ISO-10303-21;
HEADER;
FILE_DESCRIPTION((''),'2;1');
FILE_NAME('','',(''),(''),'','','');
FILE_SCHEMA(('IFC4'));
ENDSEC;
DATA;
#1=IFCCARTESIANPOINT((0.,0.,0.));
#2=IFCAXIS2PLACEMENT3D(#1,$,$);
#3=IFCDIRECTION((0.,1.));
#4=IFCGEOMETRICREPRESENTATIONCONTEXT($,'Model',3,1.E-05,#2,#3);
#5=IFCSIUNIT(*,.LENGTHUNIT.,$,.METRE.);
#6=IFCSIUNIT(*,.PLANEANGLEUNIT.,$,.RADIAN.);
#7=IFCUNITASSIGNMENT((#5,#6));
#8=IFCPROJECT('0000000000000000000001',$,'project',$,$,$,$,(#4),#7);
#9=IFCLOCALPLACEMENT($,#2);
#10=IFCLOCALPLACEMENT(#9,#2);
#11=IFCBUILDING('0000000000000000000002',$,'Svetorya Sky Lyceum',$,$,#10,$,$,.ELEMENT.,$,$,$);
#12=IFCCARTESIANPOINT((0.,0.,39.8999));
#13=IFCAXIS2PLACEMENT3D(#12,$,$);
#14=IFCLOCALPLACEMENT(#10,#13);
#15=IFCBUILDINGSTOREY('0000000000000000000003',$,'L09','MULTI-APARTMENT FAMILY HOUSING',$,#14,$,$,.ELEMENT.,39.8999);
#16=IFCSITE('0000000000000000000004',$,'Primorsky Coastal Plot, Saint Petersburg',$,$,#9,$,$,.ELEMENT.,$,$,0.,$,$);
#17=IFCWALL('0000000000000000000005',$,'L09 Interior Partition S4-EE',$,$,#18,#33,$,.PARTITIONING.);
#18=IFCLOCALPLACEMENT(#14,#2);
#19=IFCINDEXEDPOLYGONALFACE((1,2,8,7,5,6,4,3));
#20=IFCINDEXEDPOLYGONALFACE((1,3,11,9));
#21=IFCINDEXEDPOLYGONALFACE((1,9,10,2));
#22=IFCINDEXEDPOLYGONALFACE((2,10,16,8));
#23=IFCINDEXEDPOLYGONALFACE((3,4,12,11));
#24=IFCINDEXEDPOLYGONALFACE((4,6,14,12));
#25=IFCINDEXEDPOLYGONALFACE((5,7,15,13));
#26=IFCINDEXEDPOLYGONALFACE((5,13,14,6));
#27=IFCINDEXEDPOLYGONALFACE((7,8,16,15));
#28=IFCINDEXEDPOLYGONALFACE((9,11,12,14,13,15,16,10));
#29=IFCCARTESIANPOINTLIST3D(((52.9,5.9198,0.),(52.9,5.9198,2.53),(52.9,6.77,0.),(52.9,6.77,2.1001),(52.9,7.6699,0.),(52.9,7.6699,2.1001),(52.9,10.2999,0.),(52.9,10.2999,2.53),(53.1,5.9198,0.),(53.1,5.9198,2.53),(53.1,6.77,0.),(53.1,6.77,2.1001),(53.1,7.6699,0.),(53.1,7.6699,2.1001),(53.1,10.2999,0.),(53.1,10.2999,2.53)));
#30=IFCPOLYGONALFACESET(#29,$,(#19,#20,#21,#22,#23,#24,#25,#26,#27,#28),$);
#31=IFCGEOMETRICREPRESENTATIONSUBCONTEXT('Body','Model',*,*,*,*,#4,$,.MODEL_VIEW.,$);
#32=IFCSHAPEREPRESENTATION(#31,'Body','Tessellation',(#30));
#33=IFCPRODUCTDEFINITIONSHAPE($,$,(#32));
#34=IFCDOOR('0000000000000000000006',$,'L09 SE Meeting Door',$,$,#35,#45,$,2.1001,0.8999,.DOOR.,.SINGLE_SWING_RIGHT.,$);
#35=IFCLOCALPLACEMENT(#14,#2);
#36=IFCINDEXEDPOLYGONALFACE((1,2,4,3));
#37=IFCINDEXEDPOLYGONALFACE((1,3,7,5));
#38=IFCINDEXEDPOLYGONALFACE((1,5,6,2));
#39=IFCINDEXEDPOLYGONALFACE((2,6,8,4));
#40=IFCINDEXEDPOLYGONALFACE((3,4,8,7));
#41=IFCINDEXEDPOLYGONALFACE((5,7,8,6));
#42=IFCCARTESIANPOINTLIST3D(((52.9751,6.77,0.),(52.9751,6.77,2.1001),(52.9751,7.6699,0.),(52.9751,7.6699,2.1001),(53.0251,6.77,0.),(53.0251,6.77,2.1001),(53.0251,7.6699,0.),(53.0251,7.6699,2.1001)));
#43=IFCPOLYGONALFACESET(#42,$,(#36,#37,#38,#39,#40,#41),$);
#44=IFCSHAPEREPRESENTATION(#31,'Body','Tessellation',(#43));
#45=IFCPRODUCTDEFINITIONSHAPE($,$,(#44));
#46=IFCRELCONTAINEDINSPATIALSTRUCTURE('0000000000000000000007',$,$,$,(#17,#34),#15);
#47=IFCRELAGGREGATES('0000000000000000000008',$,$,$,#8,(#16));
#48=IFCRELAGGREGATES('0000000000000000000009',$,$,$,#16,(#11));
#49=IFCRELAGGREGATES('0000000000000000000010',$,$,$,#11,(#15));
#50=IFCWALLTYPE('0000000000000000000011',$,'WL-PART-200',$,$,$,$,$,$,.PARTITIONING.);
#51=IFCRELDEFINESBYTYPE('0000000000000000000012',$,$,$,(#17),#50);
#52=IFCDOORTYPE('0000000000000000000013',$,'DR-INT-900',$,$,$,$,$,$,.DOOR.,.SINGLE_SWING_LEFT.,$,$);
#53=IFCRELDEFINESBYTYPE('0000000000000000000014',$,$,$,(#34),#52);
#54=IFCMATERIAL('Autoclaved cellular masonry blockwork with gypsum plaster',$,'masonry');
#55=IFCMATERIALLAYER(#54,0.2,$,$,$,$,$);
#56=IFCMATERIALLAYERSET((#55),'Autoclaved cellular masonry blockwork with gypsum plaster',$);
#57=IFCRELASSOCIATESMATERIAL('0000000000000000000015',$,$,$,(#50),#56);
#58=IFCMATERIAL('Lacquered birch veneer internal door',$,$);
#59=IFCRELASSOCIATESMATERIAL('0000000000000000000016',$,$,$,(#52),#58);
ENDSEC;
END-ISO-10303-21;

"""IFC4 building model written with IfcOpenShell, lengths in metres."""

from ifc_helpers import new_model, si_unit, direction, frame, frame_2d, origin, place, context, subcontext, project, spatial, rectangle, extrude, material, layer, layer_set, type_object, element, fill, save


model = new_model("IFC4")

# Units and contexts
model_context = context("Model", 3, precision=1e-05, world=origin(), true_north=direction((0.0, 1.0)))
body_context = subcontext(model_context, "Body", "Model", "MODEL_VIEW")
ifc_project = project(units=[si_unit("LENGTHUNIT", "METRE"), si_unit("PLANEANGLEUNIT", "RADIAN")], contexts=[model_context])

# Site, building, storey
site_placement = place(None, origin())
site = spatial("IfcSite", under=ifc_project, at=site_placement, Name="Primorsky Coastal Plot, Saint Petersburg", CompositionType="ELEMENT", RefElevation=0.0)
building_placement = place(site_placement, origin())
building = spatial("IfcBuilding", under=site, at=building_placement, Name="Svetorya Sky Lyceum", CompositionType="ELEMENT")
storey_placement = place(building_placement, frame((0.0, 0.0, 39.8999)))
storey = spatial("IfcBuildingStorey", under=building, at=storey_placement, Name="L09", Description="MULTI-APARTMENT FAMILY HOUSING", CompositionType="ELEMENT", Elevation=39.8999)

# Shared definitions
ifc_material_1 = material(Name="Autoclaved cellular masonry blockwork with gypsum plaster", Category="masonry")
ifc_layer_1 = layer(ifc_material_1, 0.2)
ifc_layer_set_1 = layer_set([ifc_layer_1], Name="Autoclaved cellular masonry blockwork with gypsum plaster")
wall_type_1 = type_object("IfcWallType", Name="WL-PART-200", PredefinedType="PARTITIONING", material=ifc_layer_set_1)

# Wall, opening, door
wall_1_placement = place(storey_placement, frame((53.0, 5.9199, 0.0), z_axis=(0.0, 0.0, 1.0), x_axis=(0.0, 1.0, 0.0)))
wall_1 = element("IfcWall", 1, at=wall_1_placement, inside=storey, type_object=wall_type_1, Name="L09 Interior Partition S4-EE", PredefinedType="PARTITIONING", context=body_context, shape_type="SweptSolid", body=[
    extrude(rectangle(XDim=4.3801, YDim=0.2, at=frame_2d((2.1899, 0.0))), origin(), (0.0, 0.0, 1.0), 2.53),
])
opening_1_placement = place(wall_1_placement, frame((0.8501, 0.0, 0.0)))
opening_1 = element("IfcOpeningElement", 2, at=opening_1_placement, cuts=wall_1, PredefinedType="OPENING", context=body_context, shape_type="SweptSolid", body=[
    extrude(rectangle(XDim=0.8999, YDim=2.1001, at=frame_2d((0.45, 1.05))), frame((0.0, 0.1099, 0.0), z_axis=(0.0, -1.0, 0.0), x_axis=(1.0, 0.0, 0.0)), (0.0, 0.0, 1.0), 0.22),
])
ifc_material_2 = material(Name="Lacquered birch veneer internal door")
door_type_1 = type_object("IfcDoorType", Name="DR-INT-900", OperationType="SINGLE_SWING_LEFT", PredefinedType="DOOR", material=ifc_material_2)
door_1_placement = place(opening_1_placement, origin())
door_1 = element("IfcDoor", 3, at=door_1_placement, inside=storey, type_object=door_type_1, Name="L09 SE Meeting Door", OperationType="SINGLE_SWING_RIGHT", OverallHeight=2.1001, OverallWidth=0.8999, PredefinedType="DOOR", context=body_context, shape_type="SweptSolid", body=[
    extrude(rectangle(XDim=0.8999, YDim=2.1001, at=frame_2d((0.45, 1.05))), frame((0.0, 0.0249, 0.0), z_axis=(0.0, -1.0, 0.0), x_axis=(1.0, 0.0, 0.0)), (0.0, 0.0, 1.0), 0.05),
])
fill(opening_1, door_1)

save(model, "model.ifc")
